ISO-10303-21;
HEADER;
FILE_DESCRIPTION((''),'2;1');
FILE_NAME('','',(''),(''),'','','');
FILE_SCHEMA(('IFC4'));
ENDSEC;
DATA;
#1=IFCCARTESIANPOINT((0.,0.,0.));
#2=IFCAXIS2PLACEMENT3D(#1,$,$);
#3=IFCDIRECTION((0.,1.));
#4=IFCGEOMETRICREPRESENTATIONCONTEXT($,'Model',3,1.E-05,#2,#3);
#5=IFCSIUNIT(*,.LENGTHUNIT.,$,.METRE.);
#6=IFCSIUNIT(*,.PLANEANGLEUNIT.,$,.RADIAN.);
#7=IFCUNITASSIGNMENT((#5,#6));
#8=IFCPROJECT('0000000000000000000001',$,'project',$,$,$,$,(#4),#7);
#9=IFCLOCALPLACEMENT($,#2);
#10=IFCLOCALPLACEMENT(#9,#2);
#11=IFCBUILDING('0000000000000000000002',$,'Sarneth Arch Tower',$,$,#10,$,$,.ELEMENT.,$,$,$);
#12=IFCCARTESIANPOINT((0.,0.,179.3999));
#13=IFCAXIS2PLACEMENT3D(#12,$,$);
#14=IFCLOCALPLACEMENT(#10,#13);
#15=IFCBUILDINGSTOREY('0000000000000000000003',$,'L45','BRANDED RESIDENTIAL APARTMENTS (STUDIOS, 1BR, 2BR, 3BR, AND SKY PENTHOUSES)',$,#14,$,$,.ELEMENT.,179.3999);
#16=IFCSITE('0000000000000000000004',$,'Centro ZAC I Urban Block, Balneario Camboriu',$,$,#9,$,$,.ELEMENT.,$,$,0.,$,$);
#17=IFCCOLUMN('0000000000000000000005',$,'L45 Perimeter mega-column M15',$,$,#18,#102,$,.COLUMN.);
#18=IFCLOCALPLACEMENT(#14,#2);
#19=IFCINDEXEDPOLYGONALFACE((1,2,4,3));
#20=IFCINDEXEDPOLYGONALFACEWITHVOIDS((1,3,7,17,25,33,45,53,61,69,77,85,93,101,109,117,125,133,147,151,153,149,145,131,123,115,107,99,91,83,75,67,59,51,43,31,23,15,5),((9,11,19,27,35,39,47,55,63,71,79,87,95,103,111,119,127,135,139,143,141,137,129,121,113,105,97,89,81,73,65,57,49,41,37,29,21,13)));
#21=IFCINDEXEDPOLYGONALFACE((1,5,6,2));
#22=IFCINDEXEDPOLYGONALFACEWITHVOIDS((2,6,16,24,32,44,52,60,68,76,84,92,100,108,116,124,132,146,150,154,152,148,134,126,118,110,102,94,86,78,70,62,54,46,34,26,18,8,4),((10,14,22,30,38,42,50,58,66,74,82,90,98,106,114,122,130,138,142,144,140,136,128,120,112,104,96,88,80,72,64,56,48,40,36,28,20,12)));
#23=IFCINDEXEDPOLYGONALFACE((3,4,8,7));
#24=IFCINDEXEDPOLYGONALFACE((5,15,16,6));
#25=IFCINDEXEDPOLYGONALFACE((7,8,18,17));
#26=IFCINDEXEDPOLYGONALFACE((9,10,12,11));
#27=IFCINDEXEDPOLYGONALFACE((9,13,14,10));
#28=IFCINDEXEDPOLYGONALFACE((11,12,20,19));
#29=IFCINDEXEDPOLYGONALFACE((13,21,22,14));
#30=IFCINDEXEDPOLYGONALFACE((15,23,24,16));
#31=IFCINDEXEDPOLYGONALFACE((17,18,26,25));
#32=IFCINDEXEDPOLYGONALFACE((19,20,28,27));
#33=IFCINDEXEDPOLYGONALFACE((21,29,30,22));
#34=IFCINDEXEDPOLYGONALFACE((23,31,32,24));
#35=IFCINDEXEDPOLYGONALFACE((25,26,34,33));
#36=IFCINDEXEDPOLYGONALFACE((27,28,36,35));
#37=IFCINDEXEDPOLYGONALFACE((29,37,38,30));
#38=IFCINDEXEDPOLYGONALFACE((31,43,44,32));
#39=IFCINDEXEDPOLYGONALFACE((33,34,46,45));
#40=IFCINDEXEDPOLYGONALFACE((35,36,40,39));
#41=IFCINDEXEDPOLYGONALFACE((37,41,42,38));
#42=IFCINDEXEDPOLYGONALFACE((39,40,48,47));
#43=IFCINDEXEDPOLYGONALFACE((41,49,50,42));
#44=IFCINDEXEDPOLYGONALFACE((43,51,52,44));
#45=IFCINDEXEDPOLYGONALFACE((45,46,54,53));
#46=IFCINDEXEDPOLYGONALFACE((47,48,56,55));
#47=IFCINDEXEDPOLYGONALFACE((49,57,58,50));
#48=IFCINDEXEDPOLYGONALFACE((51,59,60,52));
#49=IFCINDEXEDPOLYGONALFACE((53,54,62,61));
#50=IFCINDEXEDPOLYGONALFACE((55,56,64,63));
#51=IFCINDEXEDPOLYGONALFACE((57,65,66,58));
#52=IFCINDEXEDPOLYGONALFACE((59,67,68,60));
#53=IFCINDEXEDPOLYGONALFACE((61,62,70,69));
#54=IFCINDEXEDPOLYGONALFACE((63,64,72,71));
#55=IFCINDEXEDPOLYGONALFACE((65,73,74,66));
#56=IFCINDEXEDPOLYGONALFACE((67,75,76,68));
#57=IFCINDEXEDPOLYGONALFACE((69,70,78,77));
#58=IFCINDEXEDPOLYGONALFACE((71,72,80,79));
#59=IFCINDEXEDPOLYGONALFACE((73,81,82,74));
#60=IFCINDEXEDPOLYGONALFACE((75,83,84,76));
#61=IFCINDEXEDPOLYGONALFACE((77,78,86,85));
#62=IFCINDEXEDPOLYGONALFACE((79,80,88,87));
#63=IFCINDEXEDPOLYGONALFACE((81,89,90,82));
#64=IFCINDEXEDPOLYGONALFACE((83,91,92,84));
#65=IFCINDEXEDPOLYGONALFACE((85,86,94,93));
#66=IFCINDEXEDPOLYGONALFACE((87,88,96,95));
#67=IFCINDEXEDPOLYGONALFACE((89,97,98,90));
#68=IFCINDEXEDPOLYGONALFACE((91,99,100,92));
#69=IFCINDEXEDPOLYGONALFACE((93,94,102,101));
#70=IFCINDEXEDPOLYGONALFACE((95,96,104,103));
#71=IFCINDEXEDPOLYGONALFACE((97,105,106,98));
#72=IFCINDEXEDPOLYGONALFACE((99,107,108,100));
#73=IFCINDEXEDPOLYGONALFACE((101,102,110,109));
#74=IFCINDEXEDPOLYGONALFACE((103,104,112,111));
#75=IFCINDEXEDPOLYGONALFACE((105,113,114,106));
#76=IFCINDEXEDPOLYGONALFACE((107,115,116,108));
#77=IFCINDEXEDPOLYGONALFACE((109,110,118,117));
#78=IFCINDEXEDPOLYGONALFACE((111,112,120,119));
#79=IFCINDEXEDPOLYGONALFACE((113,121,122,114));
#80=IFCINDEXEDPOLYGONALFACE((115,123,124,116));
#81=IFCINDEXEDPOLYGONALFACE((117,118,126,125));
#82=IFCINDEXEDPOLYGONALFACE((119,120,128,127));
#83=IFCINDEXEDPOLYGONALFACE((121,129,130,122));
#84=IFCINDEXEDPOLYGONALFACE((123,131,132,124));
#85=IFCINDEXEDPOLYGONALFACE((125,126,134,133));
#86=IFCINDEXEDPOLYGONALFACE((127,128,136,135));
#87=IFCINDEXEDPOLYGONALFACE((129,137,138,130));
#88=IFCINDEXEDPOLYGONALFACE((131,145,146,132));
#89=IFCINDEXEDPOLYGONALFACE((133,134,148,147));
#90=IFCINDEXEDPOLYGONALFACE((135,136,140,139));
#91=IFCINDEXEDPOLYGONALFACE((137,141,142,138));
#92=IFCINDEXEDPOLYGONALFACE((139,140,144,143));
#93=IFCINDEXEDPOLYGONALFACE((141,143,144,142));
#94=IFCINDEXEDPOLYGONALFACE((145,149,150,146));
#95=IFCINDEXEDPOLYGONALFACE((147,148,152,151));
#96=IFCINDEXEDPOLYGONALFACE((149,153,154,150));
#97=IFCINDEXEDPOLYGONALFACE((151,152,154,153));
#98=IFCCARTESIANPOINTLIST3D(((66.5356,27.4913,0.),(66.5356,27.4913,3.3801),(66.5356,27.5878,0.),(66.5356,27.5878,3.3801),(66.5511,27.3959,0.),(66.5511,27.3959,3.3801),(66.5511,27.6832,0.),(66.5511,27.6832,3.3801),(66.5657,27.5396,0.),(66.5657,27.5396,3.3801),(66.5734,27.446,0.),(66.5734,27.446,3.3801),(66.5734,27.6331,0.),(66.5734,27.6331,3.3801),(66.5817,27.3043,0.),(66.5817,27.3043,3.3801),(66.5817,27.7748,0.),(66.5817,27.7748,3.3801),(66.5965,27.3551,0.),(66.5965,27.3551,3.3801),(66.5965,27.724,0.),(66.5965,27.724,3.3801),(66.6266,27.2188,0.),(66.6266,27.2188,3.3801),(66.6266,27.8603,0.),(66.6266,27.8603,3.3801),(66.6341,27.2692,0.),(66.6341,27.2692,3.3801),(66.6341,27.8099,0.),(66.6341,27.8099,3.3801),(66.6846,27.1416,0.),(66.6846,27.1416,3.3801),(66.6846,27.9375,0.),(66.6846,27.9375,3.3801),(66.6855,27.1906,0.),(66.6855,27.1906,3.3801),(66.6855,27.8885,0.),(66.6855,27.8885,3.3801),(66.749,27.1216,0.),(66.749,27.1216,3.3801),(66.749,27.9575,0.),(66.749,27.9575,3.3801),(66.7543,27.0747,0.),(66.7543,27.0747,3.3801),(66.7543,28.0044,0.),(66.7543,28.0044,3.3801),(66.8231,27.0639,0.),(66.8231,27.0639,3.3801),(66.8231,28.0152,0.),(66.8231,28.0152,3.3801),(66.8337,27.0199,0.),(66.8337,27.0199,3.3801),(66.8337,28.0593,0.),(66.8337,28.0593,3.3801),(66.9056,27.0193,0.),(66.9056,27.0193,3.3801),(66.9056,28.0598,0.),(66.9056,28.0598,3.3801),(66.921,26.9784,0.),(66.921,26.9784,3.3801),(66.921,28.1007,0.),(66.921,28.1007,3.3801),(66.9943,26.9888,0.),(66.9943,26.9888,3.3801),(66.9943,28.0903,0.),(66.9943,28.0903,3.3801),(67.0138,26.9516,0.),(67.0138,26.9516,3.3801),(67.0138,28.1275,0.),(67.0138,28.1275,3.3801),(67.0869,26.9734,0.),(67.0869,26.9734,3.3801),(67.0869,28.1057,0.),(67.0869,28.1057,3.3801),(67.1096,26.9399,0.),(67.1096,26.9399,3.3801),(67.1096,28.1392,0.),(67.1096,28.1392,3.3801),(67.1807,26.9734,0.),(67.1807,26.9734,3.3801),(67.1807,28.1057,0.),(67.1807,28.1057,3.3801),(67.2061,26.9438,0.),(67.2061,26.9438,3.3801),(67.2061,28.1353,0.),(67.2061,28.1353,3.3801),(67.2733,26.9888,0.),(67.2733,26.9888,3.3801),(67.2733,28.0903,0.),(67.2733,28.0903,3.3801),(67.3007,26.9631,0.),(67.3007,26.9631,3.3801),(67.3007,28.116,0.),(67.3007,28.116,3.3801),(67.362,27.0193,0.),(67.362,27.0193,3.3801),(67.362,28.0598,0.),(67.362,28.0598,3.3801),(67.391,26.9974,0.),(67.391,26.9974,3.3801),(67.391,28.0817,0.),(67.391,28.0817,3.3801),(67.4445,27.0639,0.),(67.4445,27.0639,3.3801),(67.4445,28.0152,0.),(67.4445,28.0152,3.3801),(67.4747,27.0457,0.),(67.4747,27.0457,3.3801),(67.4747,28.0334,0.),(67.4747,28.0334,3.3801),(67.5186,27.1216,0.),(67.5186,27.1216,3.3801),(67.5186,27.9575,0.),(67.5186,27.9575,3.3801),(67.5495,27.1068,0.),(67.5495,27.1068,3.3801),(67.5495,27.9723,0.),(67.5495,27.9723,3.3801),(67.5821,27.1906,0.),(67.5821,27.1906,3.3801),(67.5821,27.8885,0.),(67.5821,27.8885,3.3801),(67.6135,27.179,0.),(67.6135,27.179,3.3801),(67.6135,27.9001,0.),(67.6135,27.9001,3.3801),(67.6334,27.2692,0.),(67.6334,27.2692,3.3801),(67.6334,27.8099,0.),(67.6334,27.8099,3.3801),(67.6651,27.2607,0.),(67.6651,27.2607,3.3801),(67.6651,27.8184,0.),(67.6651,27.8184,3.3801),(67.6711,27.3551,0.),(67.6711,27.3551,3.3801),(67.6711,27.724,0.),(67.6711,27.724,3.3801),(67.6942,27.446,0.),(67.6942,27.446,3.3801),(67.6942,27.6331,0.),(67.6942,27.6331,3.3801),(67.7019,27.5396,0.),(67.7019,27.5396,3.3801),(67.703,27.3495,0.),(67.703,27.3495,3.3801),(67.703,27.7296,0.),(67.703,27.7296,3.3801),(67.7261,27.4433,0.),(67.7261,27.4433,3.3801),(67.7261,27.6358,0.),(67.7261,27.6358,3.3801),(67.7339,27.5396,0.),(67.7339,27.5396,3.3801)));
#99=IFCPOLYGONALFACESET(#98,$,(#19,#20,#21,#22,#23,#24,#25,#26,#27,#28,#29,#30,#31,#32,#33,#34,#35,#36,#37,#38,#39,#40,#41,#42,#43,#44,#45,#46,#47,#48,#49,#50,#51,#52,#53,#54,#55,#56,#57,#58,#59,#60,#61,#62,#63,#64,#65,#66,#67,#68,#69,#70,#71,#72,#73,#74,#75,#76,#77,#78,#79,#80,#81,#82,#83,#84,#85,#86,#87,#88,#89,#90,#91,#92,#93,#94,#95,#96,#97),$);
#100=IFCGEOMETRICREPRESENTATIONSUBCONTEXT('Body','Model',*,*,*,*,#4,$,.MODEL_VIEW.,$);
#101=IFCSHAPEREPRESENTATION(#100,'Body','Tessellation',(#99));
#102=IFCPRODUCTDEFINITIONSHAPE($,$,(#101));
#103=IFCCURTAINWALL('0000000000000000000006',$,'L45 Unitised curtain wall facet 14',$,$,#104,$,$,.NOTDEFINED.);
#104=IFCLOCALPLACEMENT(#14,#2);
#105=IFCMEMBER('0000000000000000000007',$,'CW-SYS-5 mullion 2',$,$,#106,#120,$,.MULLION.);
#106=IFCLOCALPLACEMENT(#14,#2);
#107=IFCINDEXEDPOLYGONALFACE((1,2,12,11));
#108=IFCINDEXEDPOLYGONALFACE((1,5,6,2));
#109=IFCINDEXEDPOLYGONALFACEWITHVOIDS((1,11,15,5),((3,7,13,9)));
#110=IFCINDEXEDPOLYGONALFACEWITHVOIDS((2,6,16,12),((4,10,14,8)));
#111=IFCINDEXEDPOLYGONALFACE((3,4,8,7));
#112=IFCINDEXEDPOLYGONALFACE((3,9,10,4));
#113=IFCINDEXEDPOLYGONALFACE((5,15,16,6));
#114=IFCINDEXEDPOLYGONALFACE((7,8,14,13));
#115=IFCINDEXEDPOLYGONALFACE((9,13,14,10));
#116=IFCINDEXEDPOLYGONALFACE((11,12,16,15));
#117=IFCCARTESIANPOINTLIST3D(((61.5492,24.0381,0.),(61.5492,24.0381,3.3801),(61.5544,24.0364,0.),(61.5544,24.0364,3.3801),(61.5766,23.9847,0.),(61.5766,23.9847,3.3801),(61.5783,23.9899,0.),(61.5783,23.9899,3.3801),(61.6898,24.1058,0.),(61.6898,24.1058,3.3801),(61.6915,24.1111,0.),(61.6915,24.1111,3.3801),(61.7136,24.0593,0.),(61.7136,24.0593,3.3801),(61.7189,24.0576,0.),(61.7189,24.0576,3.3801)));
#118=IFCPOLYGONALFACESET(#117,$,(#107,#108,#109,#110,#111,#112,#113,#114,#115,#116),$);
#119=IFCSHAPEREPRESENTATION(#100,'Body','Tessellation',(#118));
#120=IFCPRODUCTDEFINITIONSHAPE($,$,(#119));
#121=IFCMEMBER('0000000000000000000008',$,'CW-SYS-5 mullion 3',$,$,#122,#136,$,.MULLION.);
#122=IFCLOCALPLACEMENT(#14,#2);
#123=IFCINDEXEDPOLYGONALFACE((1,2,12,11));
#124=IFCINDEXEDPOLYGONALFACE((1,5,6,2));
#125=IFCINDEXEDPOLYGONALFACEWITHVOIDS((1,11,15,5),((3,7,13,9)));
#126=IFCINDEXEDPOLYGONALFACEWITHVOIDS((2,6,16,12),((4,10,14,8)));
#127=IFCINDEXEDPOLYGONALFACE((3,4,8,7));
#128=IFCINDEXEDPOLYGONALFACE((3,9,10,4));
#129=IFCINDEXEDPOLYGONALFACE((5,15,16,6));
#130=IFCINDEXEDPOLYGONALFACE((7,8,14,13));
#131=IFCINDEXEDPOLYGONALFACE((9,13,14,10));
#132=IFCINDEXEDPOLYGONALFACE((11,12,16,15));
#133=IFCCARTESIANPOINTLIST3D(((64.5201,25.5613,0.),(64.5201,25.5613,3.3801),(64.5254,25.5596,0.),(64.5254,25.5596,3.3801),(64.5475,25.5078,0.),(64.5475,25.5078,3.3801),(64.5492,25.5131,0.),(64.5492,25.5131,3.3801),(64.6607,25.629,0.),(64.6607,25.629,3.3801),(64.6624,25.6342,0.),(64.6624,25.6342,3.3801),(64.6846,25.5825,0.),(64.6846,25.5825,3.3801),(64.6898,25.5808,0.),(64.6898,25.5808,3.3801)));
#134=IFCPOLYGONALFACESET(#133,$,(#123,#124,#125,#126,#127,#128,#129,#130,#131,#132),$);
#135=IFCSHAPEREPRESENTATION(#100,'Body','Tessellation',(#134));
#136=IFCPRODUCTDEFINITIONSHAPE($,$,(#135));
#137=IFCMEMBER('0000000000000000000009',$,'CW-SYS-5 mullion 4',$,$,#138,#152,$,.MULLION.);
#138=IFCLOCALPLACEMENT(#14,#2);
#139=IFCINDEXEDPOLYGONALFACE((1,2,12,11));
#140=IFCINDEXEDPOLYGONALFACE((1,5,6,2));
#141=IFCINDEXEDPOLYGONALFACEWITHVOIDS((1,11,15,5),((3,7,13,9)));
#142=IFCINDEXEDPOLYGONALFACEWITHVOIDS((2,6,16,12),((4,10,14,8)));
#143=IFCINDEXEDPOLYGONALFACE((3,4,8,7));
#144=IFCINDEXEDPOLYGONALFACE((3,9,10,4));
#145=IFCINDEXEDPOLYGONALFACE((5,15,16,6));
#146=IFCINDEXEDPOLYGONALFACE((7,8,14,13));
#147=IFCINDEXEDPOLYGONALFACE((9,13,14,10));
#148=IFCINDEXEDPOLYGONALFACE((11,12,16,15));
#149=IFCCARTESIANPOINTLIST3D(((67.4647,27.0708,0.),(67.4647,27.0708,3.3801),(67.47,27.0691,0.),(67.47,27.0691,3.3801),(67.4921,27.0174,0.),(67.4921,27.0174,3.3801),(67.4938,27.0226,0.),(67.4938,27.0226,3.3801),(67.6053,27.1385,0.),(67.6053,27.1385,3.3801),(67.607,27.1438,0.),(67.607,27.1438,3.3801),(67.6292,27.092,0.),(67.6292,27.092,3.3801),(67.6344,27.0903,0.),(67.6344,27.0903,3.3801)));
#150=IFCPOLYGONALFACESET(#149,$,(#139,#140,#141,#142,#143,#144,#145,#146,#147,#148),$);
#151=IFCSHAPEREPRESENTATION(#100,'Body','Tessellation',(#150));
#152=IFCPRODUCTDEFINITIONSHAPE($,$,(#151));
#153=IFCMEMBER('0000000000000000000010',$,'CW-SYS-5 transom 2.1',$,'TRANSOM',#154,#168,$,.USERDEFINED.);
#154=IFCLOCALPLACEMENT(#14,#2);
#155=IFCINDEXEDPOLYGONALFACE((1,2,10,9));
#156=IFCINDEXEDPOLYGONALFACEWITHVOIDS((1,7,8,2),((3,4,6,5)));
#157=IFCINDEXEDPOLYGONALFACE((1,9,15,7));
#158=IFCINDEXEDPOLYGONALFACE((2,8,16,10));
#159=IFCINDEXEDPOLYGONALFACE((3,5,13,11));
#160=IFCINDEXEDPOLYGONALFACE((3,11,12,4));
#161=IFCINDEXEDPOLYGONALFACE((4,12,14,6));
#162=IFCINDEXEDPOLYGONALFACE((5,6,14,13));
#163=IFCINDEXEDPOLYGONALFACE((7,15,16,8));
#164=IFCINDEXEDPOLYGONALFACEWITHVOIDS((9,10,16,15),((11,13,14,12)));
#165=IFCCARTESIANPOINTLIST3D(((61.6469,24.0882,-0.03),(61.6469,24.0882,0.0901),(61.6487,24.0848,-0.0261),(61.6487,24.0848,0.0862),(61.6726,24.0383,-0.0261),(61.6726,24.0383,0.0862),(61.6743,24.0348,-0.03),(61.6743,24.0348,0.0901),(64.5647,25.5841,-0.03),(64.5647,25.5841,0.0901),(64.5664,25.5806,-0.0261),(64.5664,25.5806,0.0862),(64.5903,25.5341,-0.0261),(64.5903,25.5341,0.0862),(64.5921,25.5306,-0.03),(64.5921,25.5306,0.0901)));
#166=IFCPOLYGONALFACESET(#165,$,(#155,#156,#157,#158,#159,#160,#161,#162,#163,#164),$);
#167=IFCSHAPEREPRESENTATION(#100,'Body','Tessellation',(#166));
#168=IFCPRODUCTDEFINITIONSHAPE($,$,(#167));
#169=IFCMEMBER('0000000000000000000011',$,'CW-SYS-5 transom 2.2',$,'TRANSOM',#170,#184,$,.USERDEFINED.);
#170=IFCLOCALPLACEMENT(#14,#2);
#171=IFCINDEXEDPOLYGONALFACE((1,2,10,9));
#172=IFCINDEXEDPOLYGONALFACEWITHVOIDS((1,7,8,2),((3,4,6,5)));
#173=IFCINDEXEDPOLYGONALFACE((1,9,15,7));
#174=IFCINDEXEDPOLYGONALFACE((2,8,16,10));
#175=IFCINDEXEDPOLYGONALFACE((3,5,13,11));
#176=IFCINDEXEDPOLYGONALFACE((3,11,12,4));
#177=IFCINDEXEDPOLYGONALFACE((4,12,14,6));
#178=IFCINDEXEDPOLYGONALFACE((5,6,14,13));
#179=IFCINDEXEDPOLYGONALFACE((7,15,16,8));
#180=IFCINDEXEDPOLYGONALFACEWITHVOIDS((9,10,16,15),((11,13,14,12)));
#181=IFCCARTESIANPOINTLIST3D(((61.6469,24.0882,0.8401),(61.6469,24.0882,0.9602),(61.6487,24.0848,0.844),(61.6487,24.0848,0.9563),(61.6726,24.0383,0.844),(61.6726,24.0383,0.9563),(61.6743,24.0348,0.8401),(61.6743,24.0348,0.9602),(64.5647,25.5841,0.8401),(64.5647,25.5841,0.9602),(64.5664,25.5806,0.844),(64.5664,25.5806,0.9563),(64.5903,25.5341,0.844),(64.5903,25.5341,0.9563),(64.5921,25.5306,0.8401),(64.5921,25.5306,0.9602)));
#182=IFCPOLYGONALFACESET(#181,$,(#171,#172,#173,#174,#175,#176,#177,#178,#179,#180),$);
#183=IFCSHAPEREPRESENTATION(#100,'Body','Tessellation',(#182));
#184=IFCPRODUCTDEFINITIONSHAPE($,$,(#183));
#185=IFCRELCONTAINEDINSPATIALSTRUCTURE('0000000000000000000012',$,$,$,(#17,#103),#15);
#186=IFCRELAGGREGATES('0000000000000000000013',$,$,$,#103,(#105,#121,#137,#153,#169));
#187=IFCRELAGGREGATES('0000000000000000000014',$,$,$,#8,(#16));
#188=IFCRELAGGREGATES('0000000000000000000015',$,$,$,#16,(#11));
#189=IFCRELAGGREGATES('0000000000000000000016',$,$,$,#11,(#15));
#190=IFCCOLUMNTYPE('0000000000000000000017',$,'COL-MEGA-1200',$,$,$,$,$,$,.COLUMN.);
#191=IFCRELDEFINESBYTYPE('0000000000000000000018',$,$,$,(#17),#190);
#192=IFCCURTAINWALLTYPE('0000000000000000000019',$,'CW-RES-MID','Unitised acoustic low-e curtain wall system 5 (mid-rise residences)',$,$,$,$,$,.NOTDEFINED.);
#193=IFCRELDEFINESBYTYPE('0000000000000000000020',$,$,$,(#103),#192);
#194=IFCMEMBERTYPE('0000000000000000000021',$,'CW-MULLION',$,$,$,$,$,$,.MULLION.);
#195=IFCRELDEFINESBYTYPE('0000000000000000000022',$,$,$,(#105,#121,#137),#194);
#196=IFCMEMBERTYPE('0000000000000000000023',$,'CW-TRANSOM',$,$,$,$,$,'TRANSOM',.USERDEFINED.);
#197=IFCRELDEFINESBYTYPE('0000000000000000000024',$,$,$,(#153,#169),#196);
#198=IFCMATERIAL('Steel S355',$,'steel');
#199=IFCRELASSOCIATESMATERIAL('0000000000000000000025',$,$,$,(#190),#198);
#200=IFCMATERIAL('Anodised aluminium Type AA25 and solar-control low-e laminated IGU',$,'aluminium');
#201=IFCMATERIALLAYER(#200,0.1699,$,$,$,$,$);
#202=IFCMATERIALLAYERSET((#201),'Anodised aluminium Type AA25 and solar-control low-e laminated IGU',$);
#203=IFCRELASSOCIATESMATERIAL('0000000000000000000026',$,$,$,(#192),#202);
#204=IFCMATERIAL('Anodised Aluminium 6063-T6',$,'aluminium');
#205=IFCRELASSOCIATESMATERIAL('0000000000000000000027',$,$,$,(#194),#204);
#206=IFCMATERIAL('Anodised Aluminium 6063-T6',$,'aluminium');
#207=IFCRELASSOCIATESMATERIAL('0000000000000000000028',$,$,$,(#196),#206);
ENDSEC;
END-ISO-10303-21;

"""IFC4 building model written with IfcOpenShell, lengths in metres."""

from ifc_helpers import new_model, si_unit, direction, frame, origin, origin_2d, place, context, subcontext, project, spatial, hollow_rectangle, hollow_circle, extrude, material, layer, layer_set, material_profile, profile_set, type_object, element, aggregate, save


model = new_model("IFC4")

# Units and contexts
model_context = context("Model", 3, precision=1e-05, world=origin(), true_north=direction((0.0, 1.0)))
body_context = subcontext(model_context, "Body", "Model", "MODEL_VIEW")
ifc_project = project(units=[si_unit("LENGTHUNIT", "METRE"), si_unit("PLANEANGLEUNIT", "RADIAN")], contexts=[model_context])

# Site, building, storey
site_placement = place(None, origin())
site = spatial("IfcSite", under=ifc_project, at=site_placement, Name="Centro ZAC I Urban Block, Balneario Camboriu", CompositionType="ELEMENT", RefElevation=0.0)
building_placement = place(site_placement, origin())
building = spatial("IfcBuilding", under=site, at=building_placement, Name="Sarneth Arch Tower", CompositionType="ELEMENT")
storey_placement = place(building_placement, frame((0.0, 0.0, 179.3999)))
storey = spatial("IfcBuildingStorey", under=building, at=storey_placement, Name="L45", Description="BRANDED RESIDENTIAL APARTMENTS (STUDIOS, 1BR, 2BR, 3BR, AND SKY PENTHOUSES)", CompositionType="ELEMENT", Elevation=179.3999)

# Column
ifc_material_1 = material(Name="Steel S355", Category="steel")
ifc_material_profile_1 = material_profile(ifc_material_1, hollow_circle(Radius=0.6001, WallThickness=0.032, at=origin_2d()), Name="CHS1200x32")
ifc_profile_set_1 = profile_set([ifc_material_profile_1], Name="Steel S355")
column_type = type_object("IfcColumnType", Name="COL-MEGA-1200", PredefinedType="COLUMN", material=ifc_profile_set_1)
column_placement = place(storey_placement, frame((67.1338, 27.5396, 0.0), z_axis=(0.0, 0.0, 1.0), x_axis=(1.0, 0.0, 0.0)))
element("IfcColumn", 1, at=column_placement, inside=storey, type_object=column_type, Name="L45 Perimeter mega-column M15", PredefinedType="COLUMN", context=body_context, shape_type="SweptSolid", body=[
    extrude(hollow_circle(Radius=0.6001, WallThickness=0.032, at=origin_2d()), origin(), (0.0, 0.0, 1.0), 3.3801),
])

# Curtain wall, members
ifc_material_2 = material(Name="Anodised aluminium Type AA25 and solar-control low-e laminated IGU", Category="aluminium")
ifc_layer_1 = layer(ifc_material_2, 0.1699)
ifc_layer_set_1 = layer_set([ifc_layer_1], Name="Anodised aluminium Type AA25 and solar-control low-e laminated IGU")
curtain_wall_type = type_object("IfcCurtainWallType", Name="CW-RES-MID", Description="Unitised acoustic low-e curtain wall system 5 (mid-rise residences)", PredefinedType="NOTDEFINED", material=ifc_layer_set_1)
curtain_wall_placement = place(storey_placement, origin())
curtain_wall = element("IfcCurtainWall", 2, at=curtain_wall_placement, inside=storey, type_object=curtain_wall_type, Name="L45 Unitised curtain wall facet 14", PredefinedType="NOTDEFINED")
ifc_material_3 = material(Name="Anodised Aluminium 6063-T6", Category="aluminium")
ifc_material_profile_2 = material_profile(ifc_material_3, hollow_rectangle(XDim=0.0601, YDim=0.1599, WallThickness=0.0039, at=origin_2d()), Name="AL-MULL-160x60x4")
ifc_profile_set_2 = profile_set([ifc_material_profile_2], Name="Anodised Aluminium 6063-T6")
member_type_1 = type_object("IfcMemberType", Name="CW-MULLION", PredefinedType="MULLION", material=ifc_profile_set_2)
member_1_placement = place(storey_placement, frame((61.634, 24.0479, 0.0), z_axis=(0.0, 0.0, 1.0), x_axis=(-0.456208, 0.889873, 0.0)))
member_1 = element("IfcMember", 3, at=member_1_placement, type_object=member_type_1, Name="CW-SYS-5 mullion 2", PredefinedType="MULLION", context=body_context, shape_type="SweptSolid", body=[
    extrude(hollow_rectangle(XDim=0.0601, YDim=0.1599, WallThickness=0.0039, at=origin_2d()), origin(), (0.0, 0.0, 1.0), 3.3801),
])
member_2_placement = place(storey_placement, frame((64.605, 25.571, 0.0), z_axis=(0.0, 0.0, 1.0), x_axis=(-0.456208, 0.889873, 0.0)))
member_2 = element("IfcMember", 4, at=member_2_placement, type_object=member_type_1, Name="CW-SYS-5 mullion 3", PredefinedType="MULLION", context=body_context, shape_type="SweptSolid", body=[
    extrude(hollow_rectangle(XDim=0.0601, YDim=0.1599, WallThickness=0.0039, at=origin_2d()), origin(), (0.0, 0.0, 1.0), 3.3801),
])
member_3_placement = place(storey_placement, frame((67.5496, 27.0806, 0.0), z_axis=(0.0, 0.0, 1.0), x_axis=(-0.456208, 0.889873, 0.0)))
member_3 = element("IfcMember", 5, at=member_3_placement, type_object=member_type_1, Name="CW-SYS-5 mullion 4", PredefinedType="MULLION", context=body_context, shape_type="SweptSolid", body=[
    extrude(hollow_rectangle(XDim=0.0601, YDim=0.1599, WallThickness=0.0039, at=origin_2d()), origin(), (0.0, 0.0, 1.0), 3.3801),
])
ifc_material_4 = material(Name="Anodised Aluminium 6063-T6", Category="aluminium")
ifc_material_profile_3 = material_profile(ifc_material_4, hollow_rectangle(XDim=0.0601, YDim=0.1201, WallThickness=0.0039, at=origin_2d()), Name="AL-TRAN-120x60x4")
ifc_profile_set_3 = profile_set([ifc_material_profile_3], Name="Anodised Aluminium 6063-T6")
member_type_2 = type_object("IfcMemberType", Name="CW-TRANSOM", ElementType="TRANSOM", PredefinedType="USERDEFINED", material=ifc_profile_set_3)
member_4_placement = place(storey_placement, frame((61.6606, 24.0615, 0.03), z_axis=(0.889869, 0.456215, 0.0), x_axis=(-0.456215, 0.889869, 0.0)))
member_4 = element("IfcMember", 6, at=member_4_placement, type_object=member_type_2, Name="CW-SYS-5 transom 2.1", ObjectType="TRANSOM", PredefinedType="USERDEFINED", context=body_context, shape_type="SweptSolid", body=[
    extrude(hollow_rectangle(XDim=0.0601, YDim=0.1201, WallThickness=0.0039, at=origin_2d()), origin(), (0.0, 0.0, 1.0), 3.2788),
])
member_5_placement = place(storey_placement, frame((61.6606, 24.0615, 0.9001), z_axis=(0.889869, 0.456215, 0.0), x_axis=(-0.456215, 0.889869, 0.0)))
member_5 = element("IfcMember", 7, at=member_5_placement, type_object=member_type_2, Name="CW-SYS-5 transom 2.2", ObjectType="TRANSOM", PredefinedType="USERDEFINED", context=body_context, shape_type="SweptSolid", body=[
    extrude(hollow_rectangle(XDim=0.0601, YDim=0.1201, WallThickness=0.0039, at=origin_2d()), origin(), (0.0, 0.0, 1.0), 3.2788),
])

aggregate(curtain_wall, [member_1, member_2, member_3, member_4, member_5])

save(model, "model.ifc")
